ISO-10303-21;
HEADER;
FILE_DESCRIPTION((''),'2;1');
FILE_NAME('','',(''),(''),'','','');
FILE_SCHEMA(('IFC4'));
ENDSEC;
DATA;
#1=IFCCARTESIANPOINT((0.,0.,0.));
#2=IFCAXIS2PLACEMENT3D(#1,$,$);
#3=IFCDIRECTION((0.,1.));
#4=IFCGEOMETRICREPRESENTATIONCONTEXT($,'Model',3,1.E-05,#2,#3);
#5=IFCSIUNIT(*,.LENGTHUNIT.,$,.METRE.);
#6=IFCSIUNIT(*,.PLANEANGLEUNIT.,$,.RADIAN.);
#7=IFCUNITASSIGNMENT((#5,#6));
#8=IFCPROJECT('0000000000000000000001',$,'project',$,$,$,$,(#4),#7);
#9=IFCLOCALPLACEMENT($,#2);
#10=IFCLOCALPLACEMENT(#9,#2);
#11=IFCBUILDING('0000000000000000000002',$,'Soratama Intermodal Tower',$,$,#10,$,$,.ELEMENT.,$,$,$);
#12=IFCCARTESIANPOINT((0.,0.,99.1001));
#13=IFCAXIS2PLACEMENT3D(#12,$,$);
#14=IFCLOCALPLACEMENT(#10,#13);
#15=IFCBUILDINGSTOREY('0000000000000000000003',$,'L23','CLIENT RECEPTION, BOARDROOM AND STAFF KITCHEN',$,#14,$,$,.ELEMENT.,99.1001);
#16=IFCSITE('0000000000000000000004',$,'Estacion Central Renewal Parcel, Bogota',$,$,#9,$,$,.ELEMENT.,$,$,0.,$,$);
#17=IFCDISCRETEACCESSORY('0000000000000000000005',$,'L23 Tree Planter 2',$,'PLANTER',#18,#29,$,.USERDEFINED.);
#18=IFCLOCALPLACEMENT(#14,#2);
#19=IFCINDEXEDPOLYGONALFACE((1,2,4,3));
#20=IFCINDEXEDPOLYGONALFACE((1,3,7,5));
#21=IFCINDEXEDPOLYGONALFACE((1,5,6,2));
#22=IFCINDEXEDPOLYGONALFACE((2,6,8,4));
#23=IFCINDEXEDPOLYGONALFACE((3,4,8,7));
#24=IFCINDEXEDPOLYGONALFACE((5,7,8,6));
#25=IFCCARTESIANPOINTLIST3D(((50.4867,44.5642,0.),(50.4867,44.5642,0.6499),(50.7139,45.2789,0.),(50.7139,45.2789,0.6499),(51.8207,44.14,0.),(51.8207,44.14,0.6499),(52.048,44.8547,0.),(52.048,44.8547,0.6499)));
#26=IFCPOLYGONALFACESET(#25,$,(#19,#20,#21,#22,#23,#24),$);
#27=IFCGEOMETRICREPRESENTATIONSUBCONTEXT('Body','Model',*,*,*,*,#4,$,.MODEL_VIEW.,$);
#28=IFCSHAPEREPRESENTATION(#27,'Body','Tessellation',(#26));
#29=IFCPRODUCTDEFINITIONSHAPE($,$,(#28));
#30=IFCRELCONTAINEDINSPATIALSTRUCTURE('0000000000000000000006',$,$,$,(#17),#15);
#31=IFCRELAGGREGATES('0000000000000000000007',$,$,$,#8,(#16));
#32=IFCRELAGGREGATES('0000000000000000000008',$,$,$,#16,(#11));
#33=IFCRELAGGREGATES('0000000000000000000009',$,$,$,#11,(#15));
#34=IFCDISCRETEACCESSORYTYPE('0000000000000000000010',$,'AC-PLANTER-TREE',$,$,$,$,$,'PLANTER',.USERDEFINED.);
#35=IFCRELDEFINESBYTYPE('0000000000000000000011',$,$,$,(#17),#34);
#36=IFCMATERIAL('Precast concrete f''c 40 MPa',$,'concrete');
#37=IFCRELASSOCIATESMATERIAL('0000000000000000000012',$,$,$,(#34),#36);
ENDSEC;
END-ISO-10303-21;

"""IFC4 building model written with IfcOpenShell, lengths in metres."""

from ifc_helpers import new_model, si_unit, direction, frame, origin, origin_2d, place, context, subcontext, project, spatial, rectangle, extrude, material, type_object, element, save


model = new_model("IFC4")

# Units and contexts
model_context = context("Model", 3, precision=1e-05, world=origin(), true_north=direction((0.0, 1.0)))
body_context = subcontext(model_context, "Body", "Model", "MODEL_VIEW")
ifc_project = project(units=[si_unit("LENGTHUNIT", "METRE"), si_unit("PLANEANGLEUNIT", "RADIAN")], contexts=[model_context])

# Site, building, storey
site_placement = place(None, origin())
site = spatial("IfcSite", under=ifc_project, at=site_placement, Name="Estacion Central Renewal Parcel, Bogota", CompositionType="ELEMENT", RefElevation=0.0)
building_placement = place(site_placement, origin())
building = spatial("IfcBuilding", under=site, at=building_placement, Name="Soratama Intermodal Tower", CompositionType="ELEMENT")
storey_placement = place(building_placement, frame((0.0, 0.0, 99.1001)))
storey = spatial("IfcBuildingStorey", under=building, at=storey_placement, Name="L23", Description="CLIENT RECEPTION, BOARDROOM AND STAFF KITCHEN", CompositionType="ELEMENT", Elevation=99.1001)

# Discrete accessory
ifc_material_1 = material(Name="Precast concrete f'c 40 MPa", Category="concrete")
discrete_accessory_type_1 = type_object("IfcDiscreteAccessoryType", Name="AC-PLANTER-TREE", ElementType="PLANTER", PredefinedType="USERDEFINED", material=ifc_material_1)
discrete_accessory_1_placement = place(storey_placement, frame((51.2673, 44.7095, 0.0), z_axis=(0.0, 0.0, 1.0), x_axis=(0.303035, 0.952979, 0.0)))
element("IfcDiscreteAccessory", 1, at=discrete_accessory_1_placement, inside=storey, type_object=discrete_accessory_type_1, Name="L23 Tree Planter 2", ObjectType="PLANTER", PredefinedType="USERDEFINED", context=body_context, shape_type="SweptSolid", body=[
    extrude(rectangle(XDim=0.75, YDim=1.3999, at=origin_2d()), origin(), (0.0, 0.0, 1.0), 0.6499),
])

save(model, "model.ifc")
